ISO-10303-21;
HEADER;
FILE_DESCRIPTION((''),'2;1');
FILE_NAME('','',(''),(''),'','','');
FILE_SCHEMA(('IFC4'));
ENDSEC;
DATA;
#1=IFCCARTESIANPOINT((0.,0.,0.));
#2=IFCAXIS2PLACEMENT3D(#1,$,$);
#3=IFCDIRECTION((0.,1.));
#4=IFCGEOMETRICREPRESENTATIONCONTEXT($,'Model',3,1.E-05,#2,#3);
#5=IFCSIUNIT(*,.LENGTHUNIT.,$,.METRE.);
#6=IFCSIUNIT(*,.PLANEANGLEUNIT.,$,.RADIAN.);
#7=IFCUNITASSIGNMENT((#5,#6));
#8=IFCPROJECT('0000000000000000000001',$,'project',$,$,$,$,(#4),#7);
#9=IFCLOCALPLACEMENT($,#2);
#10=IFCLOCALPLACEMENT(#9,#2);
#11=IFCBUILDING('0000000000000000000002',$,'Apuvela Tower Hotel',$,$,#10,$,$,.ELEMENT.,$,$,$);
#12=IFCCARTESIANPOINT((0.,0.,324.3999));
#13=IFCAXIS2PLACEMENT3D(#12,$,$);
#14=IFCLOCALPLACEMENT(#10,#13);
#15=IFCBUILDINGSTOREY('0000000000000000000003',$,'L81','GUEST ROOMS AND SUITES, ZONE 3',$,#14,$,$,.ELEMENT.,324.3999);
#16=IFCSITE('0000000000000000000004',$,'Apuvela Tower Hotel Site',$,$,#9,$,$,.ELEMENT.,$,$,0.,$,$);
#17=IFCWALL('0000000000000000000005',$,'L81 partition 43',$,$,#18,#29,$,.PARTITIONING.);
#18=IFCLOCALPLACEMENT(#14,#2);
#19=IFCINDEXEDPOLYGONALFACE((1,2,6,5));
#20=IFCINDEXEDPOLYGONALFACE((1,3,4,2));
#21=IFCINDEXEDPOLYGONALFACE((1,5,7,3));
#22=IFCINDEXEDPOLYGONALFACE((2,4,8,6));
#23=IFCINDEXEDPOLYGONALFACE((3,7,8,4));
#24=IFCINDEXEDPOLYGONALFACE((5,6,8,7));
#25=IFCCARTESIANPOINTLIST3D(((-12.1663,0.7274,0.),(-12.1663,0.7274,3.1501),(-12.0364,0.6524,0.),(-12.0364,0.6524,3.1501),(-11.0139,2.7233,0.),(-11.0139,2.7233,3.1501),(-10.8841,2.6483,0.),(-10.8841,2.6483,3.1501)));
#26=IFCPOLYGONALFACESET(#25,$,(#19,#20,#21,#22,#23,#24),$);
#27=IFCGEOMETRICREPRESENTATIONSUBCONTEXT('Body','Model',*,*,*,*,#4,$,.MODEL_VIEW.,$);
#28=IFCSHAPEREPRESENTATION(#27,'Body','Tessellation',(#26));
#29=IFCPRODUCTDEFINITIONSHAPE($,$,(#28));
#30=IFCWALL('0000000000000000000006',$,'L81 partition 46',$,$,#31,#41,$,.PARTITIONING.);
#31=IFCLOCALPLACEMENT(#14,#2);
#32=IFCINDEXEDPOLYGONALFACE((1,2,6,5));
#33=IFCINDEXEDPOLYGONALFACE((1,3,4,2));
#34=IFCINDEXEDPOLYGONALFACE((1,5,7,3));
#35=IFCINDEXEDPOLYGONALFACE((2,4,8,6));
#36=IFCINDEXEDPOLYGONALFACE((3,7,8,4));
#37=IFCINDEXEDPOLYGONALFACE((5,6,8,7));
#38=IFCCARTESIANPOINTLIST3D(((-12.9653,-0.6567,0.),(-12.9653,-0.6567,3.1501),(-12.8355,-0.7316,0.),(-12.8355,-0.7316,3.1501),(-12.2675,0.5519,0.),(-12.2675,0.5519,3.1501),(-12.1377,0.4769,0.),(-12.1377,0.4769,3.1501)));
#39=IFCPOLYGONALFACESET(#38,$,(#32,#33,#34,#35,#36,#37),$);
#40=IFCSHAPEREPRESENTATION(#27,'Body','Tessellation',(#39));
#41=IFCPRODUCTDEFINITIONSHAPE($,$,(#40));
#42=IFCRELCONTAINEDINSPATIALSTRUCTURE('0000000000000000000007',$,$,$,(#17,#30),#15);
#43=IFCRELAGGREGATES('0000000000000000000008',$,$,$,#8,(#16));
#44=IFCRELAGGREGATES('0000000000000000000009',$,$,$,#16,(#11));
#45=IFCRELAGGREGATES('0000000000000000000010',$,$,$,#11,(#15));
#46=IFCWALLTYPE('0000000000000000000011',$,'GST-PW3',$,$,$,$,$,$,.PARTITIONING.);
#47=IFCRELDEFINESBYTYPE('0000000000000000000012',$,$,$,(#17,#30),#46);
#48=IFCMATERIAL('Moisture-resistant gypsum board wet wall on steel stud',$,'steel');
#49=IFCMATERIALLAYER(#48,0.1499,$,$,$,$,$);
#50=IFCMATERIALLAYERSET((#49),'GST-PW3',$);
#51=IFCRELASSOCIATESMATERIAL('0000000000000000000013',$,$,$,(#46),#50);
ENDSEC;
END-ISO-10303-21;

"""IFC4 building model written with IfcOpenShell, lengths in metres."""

from ifc_helpers import new_model, si_unit, direction, frame, frame_2d, origin, place, context, subcontext, project, spatial, rectangle, extrude, material, layer, layer_set, type_object, element, save


model = new_model("IFC4")

# Units and contexts
model_context = context("Model", 3, precision=1e-05, world=origin(), true_north=direction((0.0, 1.0)))
body_context = subcontext(model_context, "Body", "Model", "MODEL_VIEW")
ifc_project = project(units=[si_unit("LENGTHUNIT", "METRE"), si_unit("PLANEANGLEUNIT", "RADIAN")], contexts=[model_context])

# Site, building, storey
site_placement = place(None, origin())
site = spatial("IfcSite", under=ifc_project, at=site_placement, Name="Apuvela Tower Hotel Site", CompositionType="ELEMENT", RefElevation=0.0)
building_placement = place(site_placement, origin())
building = spatial("IfcBuilding", under=site, at=building_placement, Name="Apuvela Tower Hotel", CompositionType="ELEMENT")
storey_placement = place(building_placement, frame((0.0, 0.0, 324.3999)))
storey = spatial("IfcBuildingStorey", under=building, at=storey_placement, Name="L81", Description="GUEST ROOMS AND SUITES, ZONE 3", CompositionType="ELEMENT", Elevation=324.3999)

# Shared definitions
ifc_material_1 = material(Name="Moisture-resistant gypsum board wet wall on steel stud", Category="steel")
ifc_layer_1 = layer(ifc_material_1, 0.1499)
ifc_layer_set_1 = layer_set([ifc_layer_1], Name="GST-PW3")
wall_type_1 = type_object("IfcWallType", Name="GST-PW3", PredefinedType="PARTITIONING", material=ifc_layer_set_1)

# Walls
wall_1_placement = place(storey_placement, frame((-10.949, 2.6858, 0.0), z_axis=(0.0, 0.0, 1.0), x_axis=(-0.500013, -0.866018, 0.0)))
element("IfcWall", 1, at=wall_1_placement, inside=storey, type_object=wall_type_1, Name="L81 partition 43", PredefinedType="PARTITIONING", context=body_context, shape_type="SweptSolid", body=[
    extrude(rectangle(XDim=2.3047, YDim=0.1499, at=frame_2d((1.1523, 0.0))), origin(), (0.0, 0.0, 1.0), 3.1501),
])
wall_2_placement = place(storey_placement, frame((-12.2026, 0.5144, 0.0), z_axis=(0.0, 0.0, 1.0), x_axis=(-0.500015, -0.866017, 0.0)))
element("IfcWall", 2, at=wall_2_placement, inside=storey, type_object=wall_type_1, Name="L81 partition 46", PredefinedType="PARTITIONING", context=body_context, shape_type="SweptSolid", body=[
    extrude(rectangle(XDim=1.3955, YDim=0.1499, at=frame_2d((0.6978, 0.0))), origin(), (0.0, 0.0, 1.0), 3.1501),
])

save(model, "model.ifc")
